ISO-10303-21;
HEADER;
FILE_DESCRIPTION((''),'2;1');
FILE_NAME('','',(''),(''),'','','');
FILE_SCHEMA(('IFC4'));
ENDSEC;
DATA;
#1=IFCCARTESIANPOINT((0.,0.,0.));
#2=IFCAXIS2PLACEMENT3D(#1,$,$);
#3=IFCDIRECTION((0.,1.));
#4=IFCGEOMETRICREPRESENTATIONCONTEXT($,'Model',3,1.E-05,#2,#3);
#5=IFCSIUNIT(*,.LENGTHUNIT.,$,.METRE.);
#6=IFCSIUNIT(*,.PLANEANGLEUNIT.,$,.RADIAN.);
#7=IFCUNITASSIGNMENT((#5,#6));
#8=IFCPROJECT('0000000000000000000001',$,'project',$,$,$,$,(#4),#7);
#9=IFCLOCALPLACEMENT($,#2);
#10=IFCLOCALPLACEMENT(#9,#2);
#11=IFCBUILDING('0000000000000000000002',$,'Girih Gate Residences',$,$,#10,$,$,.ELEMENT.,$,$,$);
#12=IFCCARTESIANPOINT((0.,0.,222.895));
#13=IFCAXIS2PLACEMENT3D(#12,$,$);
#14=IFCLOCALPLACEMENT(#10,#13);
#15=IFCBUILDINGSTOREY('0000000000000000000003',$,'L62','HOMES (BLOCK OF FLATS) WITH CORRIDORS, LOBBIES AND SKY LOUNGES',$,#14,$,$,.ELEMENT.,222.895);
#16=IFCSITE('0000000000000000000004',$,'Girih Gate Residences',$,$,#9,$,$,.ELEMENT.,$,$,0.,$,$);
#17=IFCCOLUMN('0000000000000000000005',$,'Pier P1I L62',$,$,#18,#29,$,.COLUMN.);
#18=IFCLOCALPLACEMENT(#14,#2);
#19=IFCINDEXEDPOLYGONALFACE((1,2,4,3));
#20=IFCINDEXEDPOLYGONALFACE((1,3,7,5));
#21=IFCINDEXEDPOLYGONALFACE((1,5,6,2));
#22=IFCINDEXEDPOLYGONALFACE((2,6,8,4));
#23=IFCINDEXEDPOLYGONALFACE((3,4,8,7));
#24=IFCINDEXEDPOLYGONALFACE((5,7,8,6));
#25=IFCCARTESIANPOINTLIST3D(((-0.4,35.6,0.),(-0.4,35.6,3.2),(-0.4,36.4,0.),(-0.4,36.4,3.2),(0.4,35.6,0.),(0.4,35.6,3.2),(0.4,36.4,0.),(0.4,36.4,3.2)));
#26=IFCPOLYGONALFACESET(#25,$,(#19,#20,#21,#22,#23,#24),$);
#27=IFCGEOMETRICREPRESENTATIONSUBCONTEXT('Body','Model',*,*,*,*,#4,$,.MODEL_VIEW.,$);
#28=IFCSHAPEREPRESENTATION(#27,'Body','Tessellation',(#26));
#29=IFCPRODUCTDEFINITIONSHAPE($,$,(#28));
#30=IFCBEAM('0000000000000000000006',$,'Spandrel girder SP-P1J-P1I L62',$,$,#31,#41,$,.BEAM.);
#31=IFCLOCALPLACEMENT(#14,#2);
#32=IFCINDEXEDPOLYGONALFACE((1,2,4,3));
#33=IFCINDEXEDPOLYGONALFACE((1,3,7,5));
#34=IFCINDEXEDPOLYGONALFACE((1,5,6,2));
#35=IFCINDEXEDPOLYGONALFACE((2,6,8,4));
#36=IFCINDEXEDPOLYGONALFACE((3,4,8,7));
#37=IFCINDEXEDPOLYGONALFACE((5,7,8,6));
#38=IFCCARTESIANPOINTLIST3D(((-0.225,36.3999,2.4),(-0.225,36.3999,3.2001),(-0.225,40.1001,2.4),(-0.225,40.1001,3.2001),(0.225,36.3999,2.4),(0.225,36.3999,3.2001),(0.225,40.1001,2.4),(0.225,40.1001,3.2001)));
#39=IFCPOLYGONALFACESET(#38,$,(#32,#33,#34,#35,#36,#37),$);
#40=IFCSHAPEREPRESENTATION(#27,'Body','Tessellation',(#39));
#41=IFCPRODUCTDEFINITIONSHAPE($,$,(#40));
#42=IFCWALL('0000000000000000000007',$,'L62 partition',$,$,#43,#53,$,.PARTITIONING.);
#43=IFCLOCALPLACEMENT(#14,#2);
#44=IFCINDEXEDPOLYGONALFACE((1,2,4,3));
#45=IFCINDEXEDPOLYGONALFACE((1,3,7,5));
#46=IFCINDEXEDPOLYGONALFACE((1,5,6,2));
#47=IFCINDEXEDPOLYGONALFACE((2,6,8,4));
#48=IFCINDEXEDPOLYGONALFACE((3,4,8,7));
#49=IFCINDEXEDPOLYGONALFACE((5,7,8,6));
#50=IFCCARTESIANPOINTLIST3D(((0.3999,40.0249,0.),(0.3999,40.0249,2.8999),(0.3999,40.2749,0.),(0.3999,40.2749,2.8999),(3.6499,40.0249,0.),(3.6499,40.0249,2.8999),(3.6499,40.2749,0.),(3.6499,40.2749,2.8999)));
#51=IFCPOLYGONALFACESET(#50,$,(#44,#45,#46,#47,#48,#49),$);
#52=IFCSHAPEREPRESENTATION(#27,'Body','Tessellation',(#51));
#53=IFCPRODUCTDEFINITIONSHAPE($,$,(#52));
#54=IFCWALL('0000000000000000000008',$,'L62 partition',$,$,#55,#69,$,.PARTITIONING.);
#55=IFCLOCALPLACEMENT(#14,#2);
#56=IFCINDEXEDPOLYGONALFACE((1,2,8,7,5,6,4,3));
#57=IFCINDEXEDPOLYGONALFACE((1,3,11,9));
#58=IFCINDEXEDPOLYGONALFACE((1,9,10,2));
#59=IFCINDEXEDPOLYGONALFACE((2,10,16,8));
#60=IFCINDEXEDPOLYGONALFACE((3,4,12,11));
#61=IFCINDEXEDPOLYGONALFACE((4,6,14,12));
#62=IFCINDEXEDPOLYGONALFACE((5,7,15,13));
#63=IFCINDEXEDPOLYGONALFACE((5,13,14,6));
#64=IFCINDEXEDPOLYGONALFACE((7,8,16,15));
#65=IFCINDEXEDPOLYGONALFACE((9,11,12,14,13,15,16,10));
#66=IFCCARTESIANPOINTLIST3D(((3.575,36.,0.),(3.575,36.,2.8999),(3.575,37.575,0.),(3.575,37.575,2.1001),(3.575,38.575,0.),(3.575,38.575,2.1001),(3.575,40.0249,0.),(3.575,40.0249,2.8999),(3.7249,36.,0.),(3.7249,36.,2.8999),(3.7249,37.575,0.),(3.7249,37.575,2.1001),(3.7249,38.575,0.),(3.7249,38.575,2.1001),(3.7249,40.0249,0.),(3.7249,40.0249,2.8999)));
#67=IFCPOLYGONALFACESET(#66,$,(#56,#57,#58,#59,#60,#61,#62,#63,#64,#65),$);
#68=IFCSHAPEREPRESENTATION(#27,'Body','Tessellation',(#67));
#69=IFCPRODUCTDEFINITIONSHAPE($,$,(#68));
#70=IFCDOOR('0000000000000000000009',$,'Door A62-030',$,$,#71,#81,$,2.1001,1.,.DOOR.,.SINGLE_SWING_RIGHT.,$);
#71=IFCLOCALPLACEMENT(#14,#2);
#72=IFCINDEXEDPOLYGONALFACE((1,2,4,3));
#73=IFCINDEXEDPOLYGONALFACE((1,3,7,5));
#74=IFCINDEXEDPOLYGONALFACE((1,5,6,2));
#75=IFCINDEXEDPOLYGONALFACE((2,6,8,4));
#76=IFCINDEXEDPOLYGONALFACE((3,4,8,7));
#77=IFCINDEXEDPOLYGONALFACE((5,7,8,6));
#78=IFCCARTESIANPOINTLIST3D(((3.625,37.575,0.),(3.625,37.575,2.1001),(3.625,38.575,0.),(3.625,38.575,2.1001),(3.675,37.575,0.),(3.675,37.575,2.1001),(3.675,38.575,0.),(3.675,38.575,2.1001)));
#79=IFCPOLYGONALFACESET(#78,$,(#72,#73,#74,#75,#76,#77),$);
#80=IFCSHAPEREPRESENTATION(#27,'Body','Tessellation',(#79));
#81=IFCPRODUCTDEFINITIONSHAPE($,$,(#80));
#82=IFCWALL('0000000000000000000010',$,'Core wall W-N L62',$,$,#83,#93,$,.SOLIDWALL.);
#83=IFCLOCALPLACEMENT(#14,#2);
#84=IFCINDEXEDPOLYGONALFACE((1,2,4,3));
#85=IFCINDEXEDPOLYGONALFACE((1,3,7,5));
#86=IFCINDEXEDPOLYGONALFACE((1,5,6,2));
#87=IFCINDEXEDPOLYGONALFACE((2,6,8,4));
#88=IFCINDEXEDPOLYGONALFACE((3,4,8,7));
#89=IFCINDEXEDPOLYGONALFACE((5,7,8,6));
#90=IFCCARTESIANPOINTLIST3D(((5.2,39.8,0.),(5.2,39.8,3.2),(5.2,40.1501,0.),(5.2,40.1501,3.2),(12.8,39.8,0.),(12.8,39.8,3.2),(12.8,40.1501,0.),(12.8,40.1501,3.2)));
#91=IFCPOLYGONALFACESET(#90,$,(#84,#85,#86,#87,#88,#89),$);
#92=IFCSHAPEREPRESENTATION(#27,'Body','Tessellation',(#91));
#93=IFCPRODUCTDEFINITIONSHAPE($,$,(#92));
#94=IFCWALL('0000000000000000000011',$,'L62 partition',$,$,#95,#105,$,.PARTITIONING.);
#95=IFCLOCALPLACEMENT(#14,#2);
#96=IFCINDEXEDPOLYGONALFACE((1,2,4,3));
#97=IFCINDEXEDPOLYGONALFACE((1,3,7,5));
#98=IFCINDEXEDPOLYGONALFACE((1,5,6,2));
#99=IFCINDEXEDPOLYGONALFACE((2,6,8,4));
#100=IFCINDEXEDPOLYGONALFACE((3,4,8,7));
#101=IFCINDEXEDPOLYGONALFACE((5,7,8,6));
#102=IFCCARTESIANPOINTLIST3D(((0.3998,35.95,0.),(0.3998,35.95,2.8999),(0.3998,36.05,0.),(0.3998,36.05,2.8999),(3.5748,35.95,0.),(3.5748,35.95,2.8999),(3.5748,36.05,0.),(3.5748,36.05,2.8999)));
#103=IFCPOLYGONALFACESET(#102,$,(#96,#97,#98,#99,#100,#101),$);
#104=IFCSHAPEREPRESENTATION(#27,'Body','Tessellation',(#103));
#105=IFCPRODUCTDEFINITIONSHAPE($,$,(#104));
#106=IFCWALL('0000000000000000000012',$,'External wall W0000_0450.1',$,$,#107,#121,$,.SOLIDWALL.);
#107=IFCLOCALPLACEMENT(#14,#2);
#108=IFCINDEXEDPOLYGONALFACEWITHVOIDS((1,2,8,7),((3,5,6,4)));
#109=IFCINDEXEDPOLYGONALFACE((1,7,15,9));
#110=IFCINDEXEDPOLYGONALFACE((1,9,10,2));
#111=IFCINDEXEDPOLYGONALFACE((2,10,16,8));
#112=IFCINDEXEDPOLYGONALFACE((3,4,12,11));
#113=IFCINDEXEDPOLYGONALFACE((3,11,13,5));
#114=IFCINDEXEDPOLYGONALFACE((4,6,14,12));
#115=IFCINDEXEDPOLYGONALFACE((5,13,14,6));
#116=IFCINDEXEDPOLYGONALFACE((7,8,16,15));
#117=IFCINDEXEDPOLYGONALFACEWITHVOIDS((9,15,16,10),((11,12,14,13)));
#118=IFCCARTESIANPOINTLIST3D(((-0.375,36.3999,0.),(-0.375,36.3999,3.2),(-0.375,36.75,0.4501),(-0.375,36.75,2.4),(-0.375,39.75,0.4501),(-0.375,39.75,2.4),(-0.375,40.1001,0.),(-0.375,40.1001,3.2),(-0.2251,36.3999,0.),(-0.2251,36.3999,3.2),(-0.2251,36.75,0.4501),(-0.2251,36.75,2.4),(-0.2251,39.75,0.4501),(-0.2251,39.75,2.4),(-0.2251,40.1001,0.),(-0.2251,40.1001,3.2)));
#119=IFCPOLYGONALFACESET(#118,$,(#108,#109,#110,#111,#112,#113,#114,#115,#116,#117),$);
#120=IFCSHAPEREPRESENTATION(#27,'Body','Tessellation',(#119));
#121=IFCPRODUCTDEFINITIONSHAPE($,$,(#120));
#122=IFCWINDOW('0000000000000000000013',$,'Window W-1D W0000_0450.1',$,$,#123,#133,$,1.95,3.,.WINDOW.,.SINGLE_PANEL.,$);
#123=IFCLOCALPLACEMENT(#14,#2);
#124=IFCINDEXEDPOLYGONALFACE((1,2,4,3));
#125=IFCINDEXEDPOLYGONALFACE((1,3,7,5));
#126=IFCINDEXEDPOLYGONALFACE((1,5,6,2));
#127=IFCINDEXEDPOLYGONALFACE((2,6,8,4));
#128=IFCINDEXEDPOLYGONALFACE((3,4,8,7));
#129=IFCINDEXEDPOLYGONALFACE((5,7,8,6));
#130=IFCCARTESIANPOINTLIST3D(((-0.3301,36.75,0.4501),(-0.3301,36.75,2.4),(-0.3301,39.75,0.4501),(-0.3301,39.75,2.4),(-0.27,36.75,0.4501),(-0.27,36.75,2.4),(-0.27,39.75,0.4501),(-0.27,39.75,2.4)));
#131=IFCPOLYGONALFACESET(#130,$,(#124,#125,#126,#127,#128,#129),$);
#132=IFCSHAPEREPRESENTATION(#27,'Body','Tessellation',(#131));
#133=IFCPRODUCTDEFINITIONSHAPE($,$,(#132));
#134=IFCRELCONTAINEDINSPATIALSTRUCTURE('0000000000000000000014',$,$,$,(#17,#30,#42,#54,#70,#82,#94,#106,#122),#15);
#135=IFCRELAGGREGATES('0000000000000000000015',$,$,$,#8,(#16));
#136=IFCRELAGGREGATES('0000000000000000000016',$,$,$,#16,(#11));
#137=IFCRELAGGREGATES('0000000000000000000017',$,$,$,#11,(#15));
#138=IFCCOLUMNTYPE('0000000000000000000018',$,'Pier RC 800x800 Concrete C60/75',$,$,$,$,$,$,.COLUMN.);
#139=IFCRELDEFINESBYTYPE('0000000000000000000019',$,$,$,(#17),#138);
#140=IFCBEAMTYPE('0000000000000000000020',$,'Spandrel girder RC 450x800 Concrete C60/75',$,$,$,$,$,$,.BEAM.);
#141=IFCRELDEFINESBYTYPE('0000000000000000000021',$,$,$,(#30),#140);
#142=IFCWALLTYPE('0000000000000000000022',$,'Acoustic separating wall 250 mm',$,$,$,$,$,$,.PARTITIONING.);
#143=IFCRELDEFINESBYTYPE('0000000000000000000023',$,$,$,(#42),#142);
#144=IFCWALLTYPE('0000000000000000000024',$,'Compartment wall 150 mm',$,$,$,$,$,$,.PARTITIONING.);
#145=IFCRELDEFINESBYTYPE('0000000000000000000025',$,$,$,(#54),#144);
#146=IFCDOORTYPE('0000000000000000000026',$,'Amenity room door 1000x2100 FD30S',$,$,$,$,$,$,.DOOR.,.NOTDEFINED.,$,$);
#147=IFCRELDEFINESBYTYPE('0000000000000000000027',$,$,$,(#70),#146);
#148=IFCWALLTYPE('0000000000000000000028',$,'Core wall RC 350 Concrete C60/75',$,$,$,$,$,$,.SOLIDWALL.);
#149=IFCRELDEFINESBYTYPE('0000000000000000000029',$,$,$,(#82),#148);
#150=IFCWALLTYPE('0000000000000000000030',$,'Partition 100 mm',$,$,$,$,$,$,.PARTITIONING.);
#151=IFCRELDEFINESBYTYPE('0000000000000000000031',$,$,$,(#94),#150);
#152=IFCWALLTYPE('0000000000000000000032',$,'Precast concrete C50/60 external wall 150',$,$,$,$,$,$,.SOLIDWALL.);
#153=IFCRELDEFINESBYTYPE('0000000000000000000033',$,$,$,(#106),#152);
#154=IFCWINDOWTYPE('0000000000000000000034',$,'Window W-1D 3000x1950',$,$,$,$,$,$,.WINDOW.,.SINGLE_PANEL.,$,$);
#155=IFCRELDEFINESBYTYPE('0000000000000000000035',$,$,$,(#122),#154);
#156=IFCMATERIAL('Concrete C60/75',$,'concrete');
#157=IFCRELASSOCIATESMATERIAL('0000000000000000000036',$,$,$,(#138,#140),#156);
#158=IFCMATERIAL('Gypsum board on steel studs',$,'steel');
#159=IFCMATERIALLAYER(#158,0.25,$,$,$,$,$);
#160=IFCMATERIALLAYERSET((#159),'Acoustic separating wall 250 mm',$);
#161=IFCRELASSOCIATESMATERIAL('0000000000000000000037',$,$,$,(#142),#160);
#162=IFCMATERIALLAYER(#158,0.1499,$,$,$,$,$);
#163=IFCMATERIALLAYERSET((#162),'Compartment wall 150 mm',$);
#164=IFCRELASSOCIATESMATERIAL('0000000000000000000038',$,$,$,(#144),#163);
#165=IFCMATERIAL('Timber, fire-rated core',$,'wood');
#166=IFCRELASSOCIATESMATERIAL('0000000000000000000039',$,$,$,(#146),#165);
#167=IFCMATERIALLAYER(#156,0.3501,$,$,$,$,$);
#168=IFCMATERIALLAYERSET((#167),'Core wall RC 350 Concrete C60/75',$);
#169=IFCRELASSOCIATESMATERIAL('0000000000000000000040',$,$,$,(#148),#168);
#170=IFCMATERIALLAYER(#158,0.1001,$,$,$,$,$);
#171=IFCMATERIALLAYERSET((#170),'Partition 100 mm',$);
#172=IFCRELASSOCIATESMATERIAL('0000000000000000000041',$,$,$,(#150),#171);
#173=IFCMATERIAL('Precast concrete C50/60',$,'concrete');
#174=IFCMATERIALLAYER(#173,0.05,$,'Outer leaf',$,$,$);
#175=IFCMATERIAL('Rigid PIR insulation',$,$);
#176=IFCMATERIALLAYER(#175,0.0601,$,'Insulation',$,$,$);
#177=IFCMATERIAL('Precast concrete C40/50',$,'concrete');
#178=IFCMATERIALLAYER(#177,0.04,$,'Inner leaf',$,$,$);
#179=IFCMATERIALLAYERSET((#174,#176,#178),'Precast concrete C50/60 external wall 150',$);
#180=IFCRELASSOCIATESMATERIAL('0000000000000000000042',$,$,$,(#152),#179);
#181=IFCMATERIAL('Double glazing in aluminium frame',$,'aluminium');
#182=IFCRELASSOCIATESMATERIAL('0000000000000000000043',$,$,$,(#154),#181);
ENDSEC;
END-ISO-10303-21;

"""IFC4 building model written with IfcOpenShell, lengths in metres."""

from ifc_helpers import new_model, si_unit, direction, frame, frame_2d, origin, origin_2d, place, context, subcontext, project, spatial, rectangle, extrude, material, layer, layer_set, material_profile, profile_set, type_object, element, fill, save


model = new_model("IFC4")

# Units and contexts
model_context = context("Model", 3, precision=1e-05, world=origin(), true_north=direction((0.0, 1.0)))
body_context = subcontext(model_context, "Body", "Model", "MODEL_VIEW")
ifc_project = project(units=[si_unit("LENGTHUNIT", "METRE"), si_unit("PLANEANGLEUNIT", "RADIAN")], contexts=[model_context])

# Site, building, storey
site_placement = place(None, origin())
site = spatial("IfcSite", under=ifc_project, at=site_placement, Name="Girih Gate Residences", CompositionType="ELEMENT", RefElevation=0.0)
building_placement = place(site_placement, origin())
building = spatial("IfcBuilding", under=site, at=building_placement, Name="Girih Gate Residences", CompositionType="ELEMENT")
storey_placement = place(building_placement, frame((0.0, 0.0, 222.895)))
storey = spatial("IfcBuildingStorey", under=building, at=storey_placement, Name="L62", Description="HOMES (BLOCK OF FLATS) WITH CORRIDORS, LOBBIES AND SKY LOUNGES", CompositionType="ELEMENT", Elevation=222.895)

# Column
ifc_material_1 = material(Name="Concrete C60/75", Category="concrete")
ifc_material_profile_1 = material_profile(ifc_material_1, rectangle(XDim=0.8, YDim=0.8, at=origin_2d()))
ifc_profile_set_1 = profile_set([ifc_material_profile_1], Name="Concrete C60/75")
column_type = type_object("IfcColumnType", Name="Pier RC 800x800 Concrete C60/75", PredefinedType="COLUMN", material=ifc_profile_set_1)
column_placement = place(storey_placement, frame((0.0, 36.0, 0.0), z_axis=(0.0, 0.0, 1.0), x_axis=(1.0, 0.0, 0.0)))
element("IfcColumn", 1, at=column_placement, inside=storey, type_object=column_type, Name="Pier P1I L62", PredefinedType="COLUMN", context=body_context, shape_type="SweptSolid", body=[
    extrude(rectangle(XDim=0.8, YDim=0.8, at=origin_2d()), origin(), (0.0, 0.0, 1.0), 3.2),
])

# Beam
ifc_material_profile_2 = material_profile(ifc_material_1, rectangle(XDim=0.45, YDim=0.8, at=origin_2d()))
ifc_profile_set_2 = profile_set([ifc_material_profile_2], Name="Concrete C60/75")
beam_type = type_object("IfcBeamType", Name="Spandrel girder RC 450x800 Concrete C60/75", PredefinedType="BEAM", material=ifc_profile_set_2)
beam_placement = place(storey_placement, frame((0.0, 40.1001, 2.8), z_axis=(0.0, -1.0, 0.0), x_axis=(1.0, 0.0, 0.0)))
element("IfcBeam", 2, at=beam_placement, inside=storey, type_object=beam_type, Name="Spandrel girder SP-P1J-P1I L62", PredefinedType="BEAM", context=body_context, shape_type="SweptSolid", body=[
    extrude(rectangle(XDim=0.45, YDim=0.8, at=origin_2d()), origin(), (0.0, 0.0, 1.0), 3.7002),
])

# Wall
ifc_material_2 = material(Name="Gypsum board on steel studs", Category="steel")
ifc_layer_1 = layer(ifc_material_2, 0.25)
ifc_layer_set_1 = layer_set([ifc_layer_1], Name="Acoustic separating wall 250 mm")
wall_type_1 = type_object("IfcWallType", Name="Acoustic separating wall 250 mm", PredefinedType="PARTITIONING", material=ifc_layer_set_1)
wall_1_placement = place(storey_placement, frame((0.3999, 40.1499, 0.0), z_axis=(0.0, 0.0, 1.0), x_axis=(1.0, 0.0, 0.0)))
element("IfcWall", 3, at=wall_1_placement, inside=storey, type_object=wall_type_1, Name="L62 partition", PredefinedType="PARTITIONING", context=body_context, shape_type="SweptSolid", body=[
    extrude(rectangle(XDim=3.25, YDim=0.25, at=frame_2d((1.625, 0.0))), origin(), (0.0, 0.0, 1.0), 2.8999),
])

# Wall, opening, door
ifc_layer_2 = layer(ifc_material_2, 0.1499)
ifc_layer_set_2 = layer_set([ifc_layer_2], Name="Compartment wall 150 mm")
wall_type_2 = type_object("IfcWallType", Name="Compartment wall 150 mm", PredefinedType="PARTITIONING", material=ifc_layer_set_2)
wall_2_placement = place(storey_placement, frame((3.6499, 36.0, 0.0), z_axis=(0.0, 0.0, 1.0), x_axis=(0.0, 1.0, 0.0)))
wall_2 = element("IfcWall", 4, at=wall_2_placement, inside=storey, type_object=wall_type_2, Name="L62 partition", PredefinedType="PARTITIONING", context=body_context, shape_type="SweptSolid", body=[
    extrude(rectangle(XDim=4.0249, YDim=0.1499, at=frame_2d((2.0125, 0.0))), origin(), (0.0, 0.0, 1.0), 2.8999),
])
opening_1_placement = place(wall_2_placement, frame((1.575, 0.0, 0.0)))
opening_1 = element("IfcOpeningElement", 5, at=opening_1_placement, cuts=wall_2, PredefinedType="OPENING", context=body_context, shape_type="SweptSolid", body=[
    extrude(rectangle(XDim=1.0, YDim=2.1001, at=frame_2d((0.5, 1.05))), frame((0.0, 0.085, 0.0), z_axis=(0.0, -1.0, 0.0), x_axis=(1.0, 0.0, 0.0)), (0.0, 0.0, 1.0), 0.1699),
])
ifc_material_3 = material(Name="Timber, fire-rated core", Category="wood")
door_type_1 = type_object("IfcDoorType", Name="Amenity room door 1000x2100 FD30S", OperationType="NOTDEFINED", PredefinedType="DOOR", material=ifc_material_3)
door_1_placement = place(opening_1_placement, origin())
door_1 = element("IfcDoor", 6, at=door_1_placement, inside=storey, type_object=door_type_1, Name="Door A62-030", OperationType="SINGLE_SWING_RIGHT", OverallHeight=2.1001, OverallWidth=1.0, PredefinedType="DOOR", context=body_context, shape_type="SweptSolid", body=[
    extrude(rectangle(XDim=1.0, YDim=2.1001, at=frame_2d((0.5, 1.05))), frame((0.0, 0.0249, 0.0), z_axis=(0.0, -1.0, 0.0), x_axis=(1.0, 0.0, 0.0)), (0.0, 0.0, 1.0), 0.05),
])
fill(opening_1, door_1)

# Wall
ifc_layer_3 = layer(ifc_material_1, 0.3501)
ifc_layer_set_3 = layer_set([ifc_layer_3], Name="Core wall RC 350 Concrete C60/75")
wall_type_3 = type_object("IfcWallType", Name="Core wall RC 350 Concrete C60/75", PredefinedType="SOLIDWALL", material=ifc_layer_set_3)
wall_3_placement = place(storey_placement, frame((5.2, 39.9751, 0.0), z_axis=(0.0, 0.0, 1.0), x_axis=(1.0, 0.0, 0.0)))
element("IfcWall", 7, at=wall_3_placement, inside=storey, type_object=wall_type_3, Name="Core wall W-N L62", PredefinedType="SOLIDWALL", context=body_context, shape_type="SweptSolid", body=[
    extrude(rectangle(XDim=7.6001, YDim=0.3501, at=frame_2d((3.8, 0.0))), origin(), (0.0, 0.0, 1.0), 3.2),
])

# Wall
ifc_layer_4 = layer(ifc_material_2, 0.1001)
ifc_layer_set_4 = layer_set([ifc_layer_4], Name="Partition 100 mm")
wall_type_4 = type_object("IfcWallType", Name="Partition 100 mm", PredefinedType="PARTITIONING", material=ifc_layer_set_4)
wall_4_placement = place(storey_placement, frame((0.3999, 36.0, 0.0), z_axis=(0.0, 0.0, 1.0), x_axis=(1.0, 0.0, 0.0)))
element("IfcWall", 8, at=wall_4_placement, inside=storey, type_object=wall_type_4, Name="L62 partition", PredefinedType="PARTITIONING", context=body_context, shape_type="SweptSolid", body=[
    extrude(rectangle(XDim=3.175, YDim=0.1001, at=frame_2d((1.5874, 0.0))), origin(), (0.0, 0.0, 1.0), 2.8999),
])

# Wall, opening, window
ifc_material_4 = material(Name="Precast concrete C50/60", Category="concrete")
ifc_layer_5 = layer(ifc_material_4, 0.05, Name="Outer leaf")
ifc_material_5 = material(Name="Rigid PIR insulation")
ifc_layer_6 = layer(ifc_material_5, 0.0601, Name="Insulation")
ifc_material_6 = material(Name="Precast concrete C40/50", Category="concrete")
ifc_layer_7 = layer(ifc_material_6, 0.04, Name="Inner leaf")
ifc_layer_set_5 = layer_set([ifc_layer_5, ifc_layer_6, ifc_layer_7], Name="Precast concrete C50/60 external wall 150")
wall_type_5 = type_object("IfcWallType", Name="Precast concrete C50/60 external wall 150", PredefinedType="SOLIDWALL", material=ifc_layer_set_5)
wall_5_placement = place(storey_placement, frame((-0.3, 36.3999, 0.0), z_axis=(0.0, 0.0, 1.0), x_axis=(0.0, 1.0, 0.0)))
wall_5 = element("IfcWall", 9, at=wall_5_placement, inside=storey, type_object=wall_type_5, Name="External wall W0000_0450.1", PredefinedType="SOLIDWALL", context=body_context, shape_type="SweptSolid", body=[
    extrude(rectangle(XDim=3.7002, YDim=0.1499, at=frame_2d((1.8501, 0.0))), origin(), (0.0, 0.0, 1.0), 3.2),
])
opening_2_placement = place(wall_5_placement, frame((0.3501, 0.0, 0.45)))
opening_2 = element("IfcOpeningElement", 10, at=opening_2_placement, cuts=wall_5, PredefinedType="OPENING", context=body_context, shape_type="SweptSolid", body=[
    extrude(rectangle(XDim=3.0, YDim=1.95, at=frame_2d((1.5, 0.9751))), frame((0.0, 0.085, 0.0), z_axis=(0.0, -1.0, 0.0), x_axis=(1.0, 0.0, 0.0)), (0.0, 0.0, 1.0), 0.1699),
])
ifc_material_7 = material(Name="Double glazing in aluminium frame", Category="aluminium")
window_type = type_object("IfcWindowType", Name="Window W-1D 3000x1950", PartitioningType="SINGLE_PANEL", PredefinedType="WINDOW", material=ifc_material_7)
window_placement = place(opening_2_placement, origin())
window = element("IfcWindow", 11, at=window_placement, inside=storey, type_object=window_type, Name="Window W-1D W0000_0450.1", OverallHeight=1.95, OverallWidth=3.0, PartitioningType="SINGLE_PANEL", PredefinedType="WINDOW", context=body_context, shape_type="SweptSolid", body=[
    extrude(rectangle(XDim=3.0, YDim=1.95, at=frame_2d((1.5, 0.9751))), frame((0.0, 0.03, 0.0), z_axis=(0.0, -1.0, 0.0), x_axis=(1.0, 0.0, 0.0)), (0.0, 0.0, 1.0), 0.0601),
])
fill(opening_2, window)

save(model, "model.ifc")
